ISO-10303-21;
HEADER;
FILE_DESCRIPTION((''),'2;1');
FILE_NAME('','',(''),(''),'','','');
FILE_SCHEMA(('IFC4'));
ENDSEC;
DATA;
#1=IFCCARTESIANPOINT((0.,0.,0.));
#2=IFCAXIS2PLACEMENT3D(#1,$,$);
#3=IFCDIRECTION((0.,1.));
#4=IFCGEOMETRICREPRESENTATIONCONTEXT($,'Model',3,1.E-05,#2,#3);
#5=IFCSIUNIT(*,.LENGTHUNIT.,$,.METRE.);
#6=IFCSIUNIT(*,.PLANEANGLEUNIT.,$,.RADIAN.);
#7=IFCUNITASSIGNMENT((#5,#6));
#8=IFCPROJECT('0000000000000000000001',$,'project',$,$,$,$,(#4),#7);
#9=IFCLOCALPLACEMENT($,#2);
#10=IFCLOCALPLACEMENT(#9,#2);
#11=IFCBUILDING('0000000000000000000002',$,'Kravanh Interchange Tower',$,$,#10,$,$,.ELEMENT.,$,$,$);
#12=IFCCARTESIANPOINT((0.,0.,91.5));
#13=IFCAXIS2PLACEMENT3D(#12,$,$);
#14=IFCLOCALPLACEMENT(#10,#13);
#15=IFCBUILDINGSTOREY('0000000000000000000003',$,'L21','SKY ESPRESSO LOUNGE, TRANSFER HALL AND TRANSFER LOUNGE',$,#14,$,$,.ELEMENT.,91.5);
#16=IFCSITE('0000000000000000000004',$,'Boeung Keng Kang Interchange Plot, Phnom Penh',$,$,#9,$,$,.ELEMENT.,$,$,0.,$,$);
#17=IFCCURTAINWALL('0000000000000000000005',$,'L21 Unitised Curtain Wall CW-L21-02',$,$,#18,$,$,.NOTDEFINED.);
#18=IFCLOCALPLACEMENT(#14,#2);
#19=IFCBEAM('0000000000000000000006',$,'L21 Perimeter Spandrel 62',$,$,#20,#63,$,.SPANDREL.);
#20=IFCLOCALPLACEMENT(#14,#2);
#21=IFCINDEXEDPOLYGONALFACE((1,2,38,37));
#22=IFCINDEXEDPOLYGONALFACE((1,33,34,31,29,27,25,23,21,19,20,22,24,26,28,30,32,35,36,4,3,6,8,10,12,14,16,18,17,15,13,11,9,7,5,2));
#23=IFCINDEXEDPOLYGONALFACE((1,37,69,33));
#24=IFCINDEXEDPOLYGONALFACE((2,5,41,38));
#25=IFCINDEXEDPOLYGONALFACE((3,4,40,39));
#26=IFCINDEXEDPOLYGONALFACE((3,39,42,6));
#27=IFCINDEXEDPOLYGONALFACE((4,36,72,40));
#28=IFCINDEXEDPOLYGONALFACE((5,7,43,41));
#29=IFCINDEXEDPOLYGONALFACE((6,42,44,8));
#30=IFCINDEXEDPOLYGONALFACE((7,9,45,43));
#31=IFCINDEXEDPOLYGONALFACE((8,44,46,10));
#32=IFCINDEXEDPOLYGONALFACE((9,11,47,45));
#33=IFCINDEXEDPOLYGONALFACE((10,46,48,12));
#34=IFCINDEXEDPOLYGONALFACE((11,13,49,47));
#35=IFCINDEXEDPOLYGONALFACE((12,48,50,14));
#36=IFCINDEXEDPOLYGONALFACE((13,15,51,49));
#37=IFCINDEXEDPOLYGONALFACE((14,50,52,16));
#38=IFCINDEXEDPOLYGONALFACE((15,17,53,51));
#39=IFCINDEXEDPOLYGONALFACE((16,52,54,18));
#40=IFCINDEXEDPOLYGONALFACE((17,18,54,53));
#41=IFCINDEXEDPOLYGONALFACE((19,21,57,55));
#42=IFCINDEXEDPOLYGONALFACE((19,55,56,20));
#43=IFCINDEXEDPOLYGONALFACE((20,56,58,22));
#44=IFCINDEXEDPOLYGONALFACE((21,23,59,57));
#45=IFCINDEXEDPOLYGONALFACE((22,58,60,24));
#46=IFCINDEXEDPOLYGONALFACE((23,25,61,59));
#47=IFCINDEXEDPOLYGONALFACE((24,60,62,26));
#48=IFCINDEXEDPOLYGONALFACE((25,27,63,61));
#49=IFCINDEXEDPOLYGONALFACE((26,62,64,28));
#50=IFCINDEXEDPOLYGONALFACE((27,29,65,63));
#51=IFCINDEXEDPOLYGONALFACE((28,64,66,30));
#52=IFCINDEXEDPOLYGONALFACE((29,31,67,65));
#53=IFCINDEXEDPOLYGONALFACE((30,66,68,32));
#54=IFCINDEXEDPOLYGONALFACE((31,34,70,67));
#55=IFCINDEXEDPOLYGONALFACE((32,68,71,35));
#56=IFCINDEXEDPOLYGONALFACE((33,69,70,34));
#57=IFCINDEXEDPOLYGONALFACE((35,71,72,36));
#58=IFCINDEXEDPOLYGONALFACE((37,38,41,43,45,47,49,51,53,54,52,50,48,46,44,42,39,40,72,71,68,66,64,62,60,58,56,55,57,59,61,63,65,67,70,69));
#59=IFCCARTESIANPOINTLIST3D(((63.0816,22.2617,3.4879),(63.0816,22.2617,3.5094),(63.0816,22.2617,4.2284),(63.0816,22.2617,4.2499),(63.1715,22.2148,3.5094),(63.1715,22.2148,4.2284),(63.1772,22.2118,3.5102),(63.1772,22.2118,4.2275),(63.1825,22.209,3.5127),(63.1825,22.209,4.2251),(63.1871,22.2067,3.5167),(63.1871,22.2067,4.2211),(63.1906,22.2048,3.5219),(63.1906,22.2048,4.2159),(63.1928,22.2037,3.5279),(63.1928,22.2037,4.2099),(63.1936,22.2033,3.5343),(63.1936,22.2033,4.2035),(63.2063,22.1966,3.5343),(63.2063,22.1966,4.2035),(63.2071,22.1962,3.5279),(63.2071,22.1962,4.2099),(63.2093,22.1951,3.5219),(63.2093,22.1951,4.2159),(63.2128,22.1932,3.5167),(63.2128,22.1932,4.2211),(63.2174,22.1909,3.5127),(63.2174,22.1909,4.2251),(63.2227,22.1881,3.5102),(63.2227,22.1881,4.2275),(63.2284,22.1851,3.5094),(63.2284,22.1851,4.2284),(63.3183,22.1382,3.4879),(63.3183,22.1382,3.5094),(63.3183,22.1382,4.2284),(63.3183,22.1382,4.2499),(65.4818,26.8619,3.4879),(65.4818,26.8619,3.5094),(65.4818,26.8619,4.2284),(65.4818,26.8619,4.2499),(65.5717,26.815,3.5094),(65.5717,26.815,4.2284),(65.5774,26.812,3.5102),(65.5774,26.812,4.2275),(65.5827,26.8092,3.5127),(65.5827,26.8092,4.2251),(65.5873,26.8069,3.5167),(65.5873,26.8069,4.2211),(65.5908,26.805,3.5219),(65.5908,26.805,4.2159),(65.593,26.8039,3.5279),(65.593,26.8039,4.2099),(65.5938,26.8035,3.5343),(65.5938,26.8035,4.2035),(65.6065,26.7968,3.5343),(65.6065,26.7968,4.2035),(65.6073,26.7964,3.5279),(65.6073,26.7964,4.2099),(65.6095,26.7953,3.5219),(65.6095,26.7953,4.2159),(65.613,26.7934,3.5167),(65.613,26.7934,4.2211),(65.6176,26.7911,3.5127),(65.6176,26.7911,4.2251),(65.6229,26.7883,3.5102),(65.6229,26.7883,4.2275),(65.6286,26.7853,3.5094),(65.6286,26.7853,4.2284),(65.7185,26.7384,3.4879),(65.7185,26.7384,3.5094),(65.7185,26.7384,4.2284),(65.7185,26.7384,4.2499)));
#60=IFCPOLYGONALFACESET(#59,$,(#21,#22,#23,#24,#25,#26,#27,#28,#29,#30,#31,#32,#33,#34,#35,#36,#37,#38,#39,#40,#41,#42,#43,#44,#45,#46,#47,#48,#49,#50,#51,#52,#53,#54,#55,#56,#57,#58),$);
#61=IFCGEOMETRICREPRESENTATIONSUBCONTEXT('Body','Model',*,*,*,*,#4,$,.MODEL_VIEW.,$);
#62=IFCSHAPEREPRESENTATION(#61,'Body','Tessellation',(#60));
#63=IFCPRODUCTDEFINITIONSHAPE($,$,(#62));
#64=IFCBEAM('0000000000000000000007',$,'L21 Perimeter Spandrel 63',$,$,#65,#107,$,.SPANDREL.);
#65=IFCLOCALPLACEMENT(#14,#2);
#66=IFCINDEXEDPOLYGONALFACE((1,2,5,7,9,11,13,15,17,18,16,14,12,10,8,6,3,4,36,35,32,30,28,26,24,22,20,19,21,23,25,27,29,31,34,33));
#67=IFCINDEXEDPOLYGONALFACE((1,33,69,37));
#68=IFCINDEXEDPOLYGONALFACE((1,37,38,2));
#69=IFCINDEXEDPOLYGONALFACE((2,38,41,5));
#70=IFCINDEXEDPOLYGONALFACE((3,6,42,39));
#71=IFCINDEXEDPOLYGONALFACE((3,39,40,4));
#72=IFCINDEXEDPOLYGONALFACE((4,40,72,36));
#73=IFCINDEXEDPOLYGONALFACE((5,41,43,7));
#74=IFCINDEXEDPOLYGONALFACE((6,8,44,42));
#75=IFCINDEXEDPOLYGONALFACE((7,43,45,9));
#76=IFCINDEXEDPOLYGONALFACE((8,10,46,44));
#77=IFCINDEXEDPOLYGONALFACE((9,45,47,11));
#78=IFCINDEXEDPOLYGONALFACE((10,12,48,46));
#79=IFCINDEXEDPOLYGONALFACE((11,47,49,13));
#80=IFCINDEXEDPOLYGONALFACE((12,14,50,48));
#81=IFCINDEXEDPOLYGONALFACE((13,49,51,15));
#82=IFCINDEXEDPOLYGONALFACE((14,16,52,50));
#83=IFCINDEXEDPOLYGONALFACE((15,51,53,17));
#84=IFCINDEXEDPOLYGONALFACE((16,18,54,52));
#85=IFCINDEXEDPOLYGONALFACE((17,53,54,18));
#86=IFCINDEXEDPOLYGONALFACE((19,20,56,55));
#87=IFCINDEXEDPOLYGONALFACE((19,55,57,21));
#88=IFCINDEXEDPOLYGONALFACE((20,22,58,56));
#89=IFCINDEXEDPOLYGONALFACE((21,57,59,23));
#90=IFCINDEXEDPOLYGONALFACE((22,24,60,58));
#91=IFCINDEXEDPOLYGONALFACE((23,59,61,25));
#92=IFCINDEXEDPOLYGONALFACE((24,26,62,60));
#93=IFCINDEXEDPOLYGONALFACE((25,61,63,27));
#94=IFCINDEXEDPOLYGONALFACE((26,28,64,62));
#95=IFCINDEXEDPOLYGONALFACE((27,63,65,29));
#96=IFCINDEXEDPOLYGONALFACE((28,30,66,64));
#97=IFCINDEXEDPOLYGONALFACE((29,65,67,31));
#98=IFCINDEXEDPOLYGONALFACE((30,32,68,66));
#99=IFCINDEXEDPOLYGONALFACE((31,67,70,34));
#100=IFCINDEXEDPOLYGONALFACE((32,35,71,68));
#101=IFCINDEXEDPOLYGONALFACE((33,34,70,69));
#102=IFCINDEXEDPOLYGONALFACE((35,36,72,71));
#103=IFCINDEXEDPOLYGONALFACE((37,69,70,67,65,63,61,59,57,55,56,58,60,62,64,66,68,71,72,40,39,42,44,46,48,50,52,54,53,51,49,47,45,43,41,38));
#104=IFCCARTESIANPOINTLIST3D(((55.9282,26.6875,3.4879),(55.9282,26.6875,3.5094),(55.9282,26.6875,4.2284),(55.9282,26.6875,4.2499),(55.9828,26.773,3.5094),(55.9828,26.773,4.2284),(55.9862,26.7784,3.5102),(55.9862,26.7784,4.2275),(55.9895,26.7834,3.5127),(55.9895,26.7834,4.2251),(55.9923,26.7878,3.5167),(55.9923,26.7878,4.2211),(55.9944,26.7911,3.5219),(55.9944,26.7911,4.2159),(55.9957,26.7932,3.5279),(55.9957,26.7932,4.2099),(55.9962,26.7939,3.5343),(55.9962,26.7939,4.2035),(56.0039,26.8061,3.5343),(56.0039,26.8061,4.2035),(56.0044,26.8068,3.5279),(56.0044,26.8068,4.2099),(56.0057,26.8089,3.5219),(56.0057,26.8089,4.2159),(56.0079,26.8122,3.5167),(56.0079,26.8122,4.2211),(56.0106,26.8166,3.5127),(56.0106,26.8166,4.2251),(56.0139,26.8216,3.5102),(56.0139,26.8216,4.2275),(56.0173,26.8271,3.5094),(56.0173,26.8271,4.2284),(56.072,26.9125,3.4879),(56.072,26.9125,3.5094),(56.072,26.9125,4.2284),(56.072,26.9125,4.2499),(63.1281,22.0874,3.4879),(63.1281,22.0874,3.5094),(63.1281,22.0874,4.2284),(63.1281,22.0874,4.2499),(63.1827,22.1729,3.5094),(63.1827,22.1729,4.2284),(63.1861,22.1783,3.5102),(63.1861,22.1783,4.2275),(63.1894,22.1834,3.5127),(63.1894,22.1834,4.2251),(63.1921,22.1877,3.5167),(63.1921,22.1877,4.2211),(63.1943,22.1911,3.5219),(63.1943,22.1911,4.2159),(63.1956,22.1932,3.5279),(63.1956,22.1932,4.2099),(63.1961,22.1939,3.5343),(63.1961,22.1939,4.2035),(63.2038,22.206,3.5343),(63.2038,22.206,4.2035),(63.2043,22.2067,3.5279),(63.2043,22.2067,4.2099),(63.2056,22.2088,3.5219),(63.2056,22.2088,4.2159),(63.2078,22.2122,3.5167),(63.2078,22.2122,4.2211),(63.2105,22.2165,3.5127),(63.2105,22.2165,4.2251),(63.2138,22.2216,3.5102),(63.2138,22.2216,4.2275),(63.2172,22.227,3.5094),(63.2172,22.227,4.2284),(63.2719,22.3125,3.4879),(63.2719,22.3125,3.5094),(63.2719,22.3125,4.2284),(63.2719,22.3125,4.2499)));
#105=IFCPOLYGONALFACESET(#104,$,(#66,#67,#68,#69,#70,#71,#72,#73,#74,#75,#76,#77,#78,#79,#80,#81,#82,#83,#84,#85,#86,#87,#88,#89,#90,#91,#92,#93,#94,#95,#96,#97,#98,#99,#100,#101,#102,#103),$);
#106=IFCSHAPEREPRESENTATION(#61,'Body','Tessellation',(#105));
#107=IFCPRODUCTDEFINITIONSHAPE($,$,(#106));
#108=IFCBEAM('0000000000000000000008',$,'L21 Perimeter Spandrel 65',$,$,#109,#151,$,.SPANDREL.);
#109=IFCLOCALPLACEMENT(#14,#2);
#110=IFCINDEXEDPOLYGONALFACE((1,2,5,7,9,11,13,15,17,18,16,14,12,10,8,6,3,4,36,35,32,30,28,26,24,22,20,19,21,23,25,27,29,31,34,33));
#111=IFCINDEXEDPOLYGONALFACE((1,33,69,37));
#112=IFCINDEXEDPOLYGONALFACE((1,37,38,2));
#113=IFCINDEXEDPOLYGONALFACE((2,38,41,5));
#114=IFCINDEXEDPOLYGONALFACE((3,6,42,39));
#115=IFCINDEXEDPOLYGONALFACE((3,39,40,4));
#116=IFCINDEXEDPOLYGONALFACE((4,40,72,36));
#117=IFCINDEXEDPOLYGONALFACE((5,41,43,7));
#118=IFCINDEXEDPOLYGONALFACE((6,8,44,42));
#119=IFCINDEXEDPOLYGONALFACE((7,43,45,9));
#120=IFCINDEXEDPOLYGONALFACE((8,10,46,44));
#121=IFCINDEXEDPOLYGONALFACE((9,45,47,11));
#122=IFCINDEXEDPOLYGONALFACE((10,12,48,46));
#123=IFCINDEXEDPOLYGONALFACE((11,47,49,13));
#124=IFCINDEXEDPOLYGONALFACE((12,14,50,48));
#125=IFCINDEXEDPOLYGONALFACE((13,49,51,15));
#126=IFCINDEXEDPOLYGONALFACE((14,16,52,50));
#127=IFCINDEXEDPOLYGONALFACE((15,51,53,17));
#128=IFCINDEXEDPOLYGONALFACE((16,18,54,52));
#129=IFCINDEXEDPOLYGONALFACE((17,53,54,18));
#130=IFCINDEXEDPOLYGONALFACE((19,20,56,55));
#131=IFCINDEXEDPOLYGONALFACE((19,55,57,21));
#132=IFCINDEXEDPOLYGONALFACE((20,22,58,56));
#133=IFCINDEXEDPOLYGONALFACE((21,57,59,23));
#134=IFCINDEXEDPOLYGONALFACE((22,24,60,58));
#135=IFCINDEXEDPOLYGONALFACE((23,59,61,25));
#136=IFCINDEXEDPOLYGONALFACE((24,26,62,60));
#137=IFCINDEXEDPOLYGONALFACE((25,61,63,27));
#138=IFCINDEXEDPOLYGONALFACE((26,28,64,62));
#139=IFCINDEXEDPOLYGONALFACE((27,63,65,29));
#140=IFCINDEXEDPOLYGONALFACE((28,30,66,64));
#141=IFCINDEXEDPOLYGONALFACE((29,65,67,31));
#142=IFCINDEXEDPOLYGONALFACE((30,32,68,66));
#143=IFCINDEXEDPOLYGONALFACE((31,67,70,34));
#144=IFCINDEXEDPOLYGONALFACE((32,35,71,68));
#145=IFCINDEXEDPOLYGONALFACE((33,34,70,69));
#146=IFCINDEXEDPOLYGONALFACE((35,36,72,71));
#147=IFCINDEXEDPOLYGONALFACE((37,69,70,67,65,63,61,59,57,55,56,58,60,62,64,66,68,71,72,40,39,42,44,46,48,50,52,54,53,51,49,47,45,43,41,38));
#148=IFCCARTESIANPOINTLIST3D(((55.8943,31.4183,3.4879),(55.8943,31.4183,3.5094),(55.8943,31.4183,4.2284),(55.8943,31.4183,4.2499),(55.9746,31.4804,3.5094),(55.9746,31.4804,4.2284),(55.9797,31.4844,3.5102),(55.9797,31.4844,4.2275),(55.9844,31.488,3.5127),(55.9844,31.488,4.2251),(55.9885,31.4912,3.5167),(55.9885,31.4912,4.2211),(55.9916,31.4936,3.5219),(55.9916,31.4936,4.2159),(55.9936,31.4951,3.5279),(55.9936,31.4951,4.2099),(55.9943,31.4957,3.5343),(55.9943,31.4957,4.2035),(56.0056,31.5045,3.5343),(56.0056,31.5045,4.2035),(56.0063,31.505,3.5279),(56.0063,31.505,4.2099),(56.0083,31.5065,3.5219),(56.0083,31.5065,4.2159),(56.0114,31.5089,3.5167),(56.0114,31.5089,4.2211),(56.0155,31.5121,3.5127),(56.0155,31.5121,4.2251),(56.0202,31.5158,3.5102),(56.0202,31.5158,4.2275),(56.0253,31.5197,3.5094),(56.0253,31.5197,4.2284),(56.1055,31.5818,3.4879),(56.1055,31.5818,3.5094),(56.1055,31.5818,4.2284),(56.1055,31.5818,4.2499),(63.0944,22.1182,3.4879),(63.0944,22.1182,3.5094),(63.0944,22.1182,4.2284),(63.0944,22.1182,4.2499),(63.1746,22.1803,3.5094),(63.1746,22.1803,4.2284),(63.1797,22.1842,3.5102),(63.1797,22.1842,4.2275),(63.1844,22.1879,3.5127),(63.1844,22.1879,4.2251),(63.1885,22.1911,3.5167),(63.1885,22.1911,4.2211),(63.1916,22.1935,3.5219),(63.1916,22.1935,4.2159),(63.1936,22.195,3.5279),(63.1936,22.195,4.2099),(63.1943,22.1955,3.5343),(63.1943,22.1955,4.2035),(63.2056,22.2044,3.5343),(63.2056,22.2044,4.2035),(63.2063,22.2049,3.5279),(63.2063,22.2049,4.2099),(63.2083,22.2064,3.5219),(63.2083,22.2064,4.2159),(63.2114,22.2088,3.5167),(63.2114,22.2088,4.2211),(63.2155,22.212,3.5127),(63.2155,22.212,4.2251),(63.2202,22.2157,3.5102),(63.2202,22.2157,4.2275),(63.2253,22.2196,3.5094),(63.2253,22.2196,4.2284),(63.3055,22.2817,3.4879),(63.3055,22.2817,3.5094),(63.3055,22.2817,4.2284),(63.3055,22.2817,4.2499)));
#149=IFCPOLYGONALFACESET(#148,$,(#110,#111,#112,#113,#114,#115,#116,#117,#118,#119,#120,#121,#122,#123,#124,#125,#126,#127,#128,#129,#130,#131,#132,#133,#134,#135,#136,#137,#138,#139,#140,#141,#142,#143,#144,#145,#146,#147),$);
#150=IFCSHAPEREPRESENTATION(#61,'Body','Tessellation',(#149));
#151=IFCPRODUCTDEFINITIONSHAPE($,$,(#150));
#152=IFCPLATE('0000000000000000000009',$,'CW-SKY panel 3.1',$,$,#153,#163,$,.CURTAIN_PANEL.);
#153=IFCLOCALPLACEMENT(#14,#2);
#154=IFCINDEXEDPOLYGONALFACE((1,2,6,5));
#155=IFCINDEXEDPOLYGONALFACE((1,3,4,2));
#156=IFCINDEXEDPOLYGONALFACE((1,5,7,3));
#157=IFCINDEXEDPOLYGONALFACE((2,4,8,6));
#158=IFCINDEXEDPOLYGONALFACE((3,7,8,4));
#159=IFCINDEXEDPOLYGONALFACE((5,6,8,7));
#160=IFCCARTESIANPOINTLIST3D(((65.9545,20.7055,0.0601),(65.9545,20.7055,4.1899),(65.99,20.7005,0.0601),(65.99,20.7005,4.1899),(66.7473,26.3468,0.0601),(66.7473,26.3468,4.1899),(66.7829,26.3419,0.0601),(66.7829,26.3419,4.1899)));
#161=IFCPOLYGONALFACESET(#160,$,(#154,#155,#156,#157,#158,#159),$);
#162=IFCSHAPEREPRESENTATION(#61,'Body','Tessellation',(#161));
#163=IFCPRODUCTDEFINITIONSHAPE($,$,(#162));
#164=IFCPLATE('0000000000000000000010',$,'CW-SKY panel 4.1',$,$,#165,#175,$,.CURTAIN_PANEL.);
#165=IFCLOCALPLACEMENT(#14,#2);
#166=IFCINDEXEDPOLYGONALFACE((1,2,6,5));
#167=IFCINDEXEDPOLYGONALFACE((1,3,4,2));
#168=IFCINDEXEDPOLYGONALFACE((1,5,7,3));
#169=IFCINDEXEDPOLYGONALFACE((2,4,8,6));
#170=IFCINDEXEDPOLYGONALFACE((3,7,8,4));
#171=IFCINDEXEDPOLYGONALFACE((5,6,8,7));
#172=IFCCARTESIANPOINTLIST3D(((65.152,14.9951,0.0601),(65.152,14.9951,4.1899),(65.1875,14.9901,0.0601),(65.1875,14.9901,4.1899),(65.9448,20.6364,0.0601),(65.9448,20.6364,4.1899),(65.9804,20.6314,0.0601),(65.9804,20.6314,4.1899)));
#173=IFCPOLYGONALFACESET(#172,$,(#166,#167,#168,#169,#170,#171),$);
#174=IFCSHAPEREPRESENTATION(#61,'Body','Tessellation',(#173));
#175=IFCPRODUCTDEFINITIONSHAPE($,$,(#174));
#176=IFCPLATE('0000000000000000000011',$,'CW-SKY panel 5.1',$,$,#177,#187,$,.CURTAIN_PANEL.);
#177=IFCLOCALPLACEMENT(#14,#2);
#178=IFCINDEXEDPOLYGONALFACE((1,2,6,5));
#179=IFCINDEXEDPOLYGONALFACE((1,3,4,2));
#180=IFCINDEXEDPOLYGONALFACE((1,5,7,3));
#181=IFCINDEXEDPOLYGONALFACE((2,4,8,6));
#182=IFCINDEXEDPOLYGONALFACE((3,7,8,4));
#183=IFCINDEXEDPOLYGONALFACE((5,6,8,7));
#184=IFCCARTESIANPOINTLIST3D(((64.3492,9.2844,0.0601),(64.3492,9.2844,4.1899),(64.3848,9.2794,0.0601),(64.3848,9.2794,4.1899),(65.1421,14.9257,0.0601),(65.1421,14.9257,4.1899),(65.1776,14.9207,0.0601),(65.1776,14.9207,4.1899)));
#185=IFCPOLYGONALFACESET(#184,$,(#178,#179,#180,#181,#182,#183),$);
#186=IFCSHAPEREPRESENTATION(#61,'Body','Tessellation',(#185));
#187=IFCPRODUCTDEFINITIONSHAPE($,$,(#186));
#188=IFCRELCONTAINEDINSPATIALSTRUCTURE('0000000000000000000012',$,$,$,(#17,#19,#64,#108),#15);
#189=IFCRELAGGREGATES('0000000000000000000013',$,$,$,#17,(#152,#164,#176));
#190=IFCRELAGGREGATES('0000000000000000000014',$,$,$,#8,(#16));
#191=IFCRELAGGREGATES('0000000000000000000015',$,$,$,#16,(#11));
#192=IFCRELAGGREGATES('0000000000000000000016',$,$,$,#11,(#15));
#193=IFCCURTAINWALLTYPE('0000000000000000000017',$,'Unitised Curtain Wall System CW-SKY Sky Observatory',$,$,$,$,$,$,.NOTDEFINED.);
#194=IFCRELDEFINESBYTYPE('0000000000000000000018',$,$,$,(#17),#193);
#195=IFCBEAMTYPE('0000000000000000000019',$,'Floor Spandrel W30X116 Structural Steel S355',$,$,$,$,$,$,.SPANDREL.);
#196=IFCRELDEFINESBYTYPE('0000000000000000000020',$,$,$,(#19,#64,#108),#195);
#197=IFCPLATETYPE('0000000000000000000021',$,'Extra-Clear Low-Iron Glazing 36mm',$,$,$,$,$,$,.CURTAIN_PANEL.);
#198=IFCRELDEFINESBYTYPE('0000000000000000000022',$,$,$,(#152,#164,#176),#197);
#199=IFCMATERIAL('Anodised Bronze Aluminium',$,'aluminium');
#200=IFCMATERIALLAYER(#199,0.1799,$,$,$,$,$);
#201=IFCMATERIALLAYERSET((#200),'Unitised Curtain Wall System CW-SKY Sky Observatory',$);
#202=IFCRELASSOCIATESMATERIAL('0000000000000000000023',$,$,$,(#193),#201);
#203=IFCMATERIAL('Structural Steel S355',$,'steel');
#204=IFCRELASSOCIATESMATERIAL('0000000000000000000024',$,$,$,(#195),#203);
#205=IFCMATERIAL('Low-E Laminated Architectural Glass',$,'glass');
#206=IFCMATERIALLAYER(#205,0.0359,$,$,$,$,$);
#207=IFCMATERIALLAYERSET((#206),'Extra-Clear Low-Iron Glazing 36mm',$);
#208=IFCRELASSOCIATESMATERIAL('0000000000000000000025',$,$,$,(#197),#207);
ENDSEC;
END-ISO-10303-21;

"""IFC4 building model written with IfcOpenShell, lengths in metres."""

from ifc_helpers import new_model, si_unit, direction, frame, origin, origin_2d, place, context, subcontext, project, spatial, rectangle, i_section, extrude, material, layer, layer_set, material_profile, profile_set, type_object, element, aggregate, save


model = new_model("IFC4")

# Units and contexts
model_context = context("Model", 3, precision=1e-05, world=origin(), true_north=direction((0.0, 1.0)))
body_context = subcontext(model_context, "Body", "Model", "MODEL_VIEW")
ifc_project = project(units=[si_unit("LENGTHUNIT", "METRE"), si_unit("PLANEANGLEUNIT", "RADIAN")], contexts=[model_context])

# Site, building, storey
site_placement = place(None, origin())
site = spatial("IfcSite", under=ifc_project, at=site_placement, Name="Boeung Keng Kang Interchange Plot, Phnom Penh", CompositionType="ELEMENT", RefElevation=0.0)
building_placement = place(site_placement, origin())
building = spatial("IfcBuilding", under=site, at=building_placement, Name="Kravanh Interchange Tower", CompositionType="ELEMENT")
storey_placement = place(building_placement, frame((0.0, 0.0, 91.5)))
storey = spatial("IfcBuildingStorey", under=building, at=storey_placement, Name="L21", Description="SKY ESPRESSO LOUNGE, TRANSFER HALL AND TRANSFER LOUNGE", CompositionType="ELEMENT", Elevation=91.5)

# Curtain wall
ifc_material_1 = material(Name="Anodised Bronze Aluminium", Category="aluminium")
ifc_layer_1 = layer(ifc_material_1, 0.1799)
ifc_layer_set_1 = layer_set([ifc_layer_1], Name="Unitised Curtain Wall System CW-SKY Sky Observatory")
curtain_wall_type = type_object("IfcCurtainWallType", Name="Unitised Curtain Wall System CW-SKY Sky Observatory", PredefinedType="NOTDEFINED", material=ifc_layer_set_1)
curtain_wall_placement = place(storey_placement, origin())
curtain_wall = element("IfcCurtainWall", 1, at=curtain_wall_placement, inside=storey, type_object=curtain_wall_type, Name="L21 Unitised Curtain Wall CW-L21-02", PredefinedType="NOTDEFINED")

# Beams
ifc_material_2 = material(Name="Structural Steel S355", Category="steel")
ifc_material_profile_1 = material_profile(ifc_material_2, i_section(OverallWidth=0.2671, OverallDepth=0.762, WebThickness=0.0144, FlangeThickness=0.0215, FilletRadius=0.0249, at=origin_2d()), Name="W30X116")
ifc_profile_set_1 = profile_set([ifc_material_profile_1], Name="Structural Steel S355")
beam_type_1 = type_object("IfcBeamType", Name="Floor Spandrel W30X116 Structural Steel S355", PredefinedType="SPANDREL", material=ifc_profile_set_1)
beam_1_placement = place(storey_placement, frame((63.2, 22.2, 3.8689), z_axis=(0.46258, 0.886577, 0.0), x_axis=(-0.886577, 0.46258, 0.0)))
element("IfcBeam", 2, at=beam_1_placement, inside=storey, type_object=beam_type_1, Name="L21 Perimeter Spandrel 62", PredefinedType="SPANDREL", context=body_context, shape_type="SweptSolid", body=[
    extrude(i_section(OverallWidth=0.2671, OverallDepth=0.762, WebThickness=0.0144, FlangeThickness=0.0215, FilletRadius=0.0249, at=origin_2d()), origin(), (0.0, 0.0, 1.0), 5.1887),
])
beam_2_placement = place(storey_placement, frame((63.2, 22.2, 3.8689), z_axis=(-0.842689, 0.5384, 0.0), x_axis=(-0.5384, -0.842689, 0.0)))
element("IfcBeam", 3, at=beam_2_placement, inside=storey, type_object=beam_type_1, Name="L21 Perimeter Spandrel 63", PredefinedType="SPANDREL", context=body_context, shape_type="SweptSolid", body=[
    extrude(i_section(OverallWidth=0.2671, OverallDepth=0.762, WebThickness=0.0144, FlangeThickness=0.0215, FilletRadius=0.0249, at=origin_2d()), origin(), (0.0, 0.0, 1.0), 8.5439),
])
beam_3_placement = place(storey_placement, frame((63.2, 22.2, 3.8689), z_axis=(-0.612169, 0.790727, 0.0), x_axis=(-0.790727, -0.612169, 0.0)))
element("IfcBeam", 4, at=beam_3_placement, inside=storey, type_object=beam_type_1, Name="L21 Perimeter Spandrel 65", PredefinedType="SPANDREL", context=body_context, shape_type="SweptSolid", body=[
    extrude(i_section(OverallWidth=0.2671, OverallDepth=0.762, WebThickness=0.0144, FlangeThickness=0.0215, FilletRadius=0.0249, at=origin_2d()), origin(), (0.0, 0.0, 1.0), 11.7615),
])

# Plates
ifc_material_3 = material(Name="Low-E Laminated Architectural Glass", Category="glass")
ifc_layer_2 = layer(ifc_material_3, 0.0359)
ifc_layer_set_2 = layer_set([ifc_layer_2], Name="Extra-Clear Low-Iron Glazing 36mm")
plate_type = type_object("IfcPlateType", Name="Extra-Clear Low-Iron Glazing 36mm", PredefinedType="CURTAIN_PANEL", material=ifc_layer_set_2)
plate_1_placement = place(storey_placement, frame((66.3687, 23.5237, 0.0601), z_axis=(0.0, 0.0, 1.0), x_axis=(-0.139177, -0.990268, 0.0)))
plate_1 = element("IfcPlate", 5, at=plate_1_placement, type_object=plate_type, Name="CW-SKY panel 3.1", PredefinedType="CURTAIN_PANEL", context=body_context, shape_type="SweptSolid", body=[
    extrude(rectangle(XDim=5.6968, YDim=0.0359, at=origin_2d()), origin(), (0.0, 0.0, 1.0), 4.1299),
])
plate_2_placement = place(storey_placement, frame((65.5662, 17.8132, 0.0601), z_axis=(0.0, 0.0, 1.0), x_axis=(-0.139177, -0.990268, 0.0)))
plate_2 = element("IfcPlate", 6, at=plate_2_placement, type_object=plate_type, Name="CW-SKY panel 4.1", PredefinedType="CURTAIN_PANEL", context=body_context, shape_type="SweptSolid", body=[
    extrude(rectangle(XDim=5.6968, YDim=0.0359, at=origin_2d()), origin(), (0.0, 0.0, 1.0), 4.1299),
])
plate_3_placement = place(storey_placement, frame((64.7634, 12.1025, 0.0601), z_axis=(0.0, 0.0, 1.0), x_axis=(-0.139177, -0.990268, 0.0)))
plate_3 = element("IfcPlate", 7, at=plate_3_placement, type_object=plate_type, Name="CW-SKY panel 5.1", PredefinedType="CURTAIN_PANEL", context=body_context, shape_type="SweptSolid", body=[
    extrude(rectangle(XDim=5.6968, YDim=0.0359, at=origin_2d()), origin(), (0.0, 0.0, 1.0), 4.1299),
])
aggregate(curtain_wall, [plate_1, plate_2, plate_3])

save(model, "model.ifc")
